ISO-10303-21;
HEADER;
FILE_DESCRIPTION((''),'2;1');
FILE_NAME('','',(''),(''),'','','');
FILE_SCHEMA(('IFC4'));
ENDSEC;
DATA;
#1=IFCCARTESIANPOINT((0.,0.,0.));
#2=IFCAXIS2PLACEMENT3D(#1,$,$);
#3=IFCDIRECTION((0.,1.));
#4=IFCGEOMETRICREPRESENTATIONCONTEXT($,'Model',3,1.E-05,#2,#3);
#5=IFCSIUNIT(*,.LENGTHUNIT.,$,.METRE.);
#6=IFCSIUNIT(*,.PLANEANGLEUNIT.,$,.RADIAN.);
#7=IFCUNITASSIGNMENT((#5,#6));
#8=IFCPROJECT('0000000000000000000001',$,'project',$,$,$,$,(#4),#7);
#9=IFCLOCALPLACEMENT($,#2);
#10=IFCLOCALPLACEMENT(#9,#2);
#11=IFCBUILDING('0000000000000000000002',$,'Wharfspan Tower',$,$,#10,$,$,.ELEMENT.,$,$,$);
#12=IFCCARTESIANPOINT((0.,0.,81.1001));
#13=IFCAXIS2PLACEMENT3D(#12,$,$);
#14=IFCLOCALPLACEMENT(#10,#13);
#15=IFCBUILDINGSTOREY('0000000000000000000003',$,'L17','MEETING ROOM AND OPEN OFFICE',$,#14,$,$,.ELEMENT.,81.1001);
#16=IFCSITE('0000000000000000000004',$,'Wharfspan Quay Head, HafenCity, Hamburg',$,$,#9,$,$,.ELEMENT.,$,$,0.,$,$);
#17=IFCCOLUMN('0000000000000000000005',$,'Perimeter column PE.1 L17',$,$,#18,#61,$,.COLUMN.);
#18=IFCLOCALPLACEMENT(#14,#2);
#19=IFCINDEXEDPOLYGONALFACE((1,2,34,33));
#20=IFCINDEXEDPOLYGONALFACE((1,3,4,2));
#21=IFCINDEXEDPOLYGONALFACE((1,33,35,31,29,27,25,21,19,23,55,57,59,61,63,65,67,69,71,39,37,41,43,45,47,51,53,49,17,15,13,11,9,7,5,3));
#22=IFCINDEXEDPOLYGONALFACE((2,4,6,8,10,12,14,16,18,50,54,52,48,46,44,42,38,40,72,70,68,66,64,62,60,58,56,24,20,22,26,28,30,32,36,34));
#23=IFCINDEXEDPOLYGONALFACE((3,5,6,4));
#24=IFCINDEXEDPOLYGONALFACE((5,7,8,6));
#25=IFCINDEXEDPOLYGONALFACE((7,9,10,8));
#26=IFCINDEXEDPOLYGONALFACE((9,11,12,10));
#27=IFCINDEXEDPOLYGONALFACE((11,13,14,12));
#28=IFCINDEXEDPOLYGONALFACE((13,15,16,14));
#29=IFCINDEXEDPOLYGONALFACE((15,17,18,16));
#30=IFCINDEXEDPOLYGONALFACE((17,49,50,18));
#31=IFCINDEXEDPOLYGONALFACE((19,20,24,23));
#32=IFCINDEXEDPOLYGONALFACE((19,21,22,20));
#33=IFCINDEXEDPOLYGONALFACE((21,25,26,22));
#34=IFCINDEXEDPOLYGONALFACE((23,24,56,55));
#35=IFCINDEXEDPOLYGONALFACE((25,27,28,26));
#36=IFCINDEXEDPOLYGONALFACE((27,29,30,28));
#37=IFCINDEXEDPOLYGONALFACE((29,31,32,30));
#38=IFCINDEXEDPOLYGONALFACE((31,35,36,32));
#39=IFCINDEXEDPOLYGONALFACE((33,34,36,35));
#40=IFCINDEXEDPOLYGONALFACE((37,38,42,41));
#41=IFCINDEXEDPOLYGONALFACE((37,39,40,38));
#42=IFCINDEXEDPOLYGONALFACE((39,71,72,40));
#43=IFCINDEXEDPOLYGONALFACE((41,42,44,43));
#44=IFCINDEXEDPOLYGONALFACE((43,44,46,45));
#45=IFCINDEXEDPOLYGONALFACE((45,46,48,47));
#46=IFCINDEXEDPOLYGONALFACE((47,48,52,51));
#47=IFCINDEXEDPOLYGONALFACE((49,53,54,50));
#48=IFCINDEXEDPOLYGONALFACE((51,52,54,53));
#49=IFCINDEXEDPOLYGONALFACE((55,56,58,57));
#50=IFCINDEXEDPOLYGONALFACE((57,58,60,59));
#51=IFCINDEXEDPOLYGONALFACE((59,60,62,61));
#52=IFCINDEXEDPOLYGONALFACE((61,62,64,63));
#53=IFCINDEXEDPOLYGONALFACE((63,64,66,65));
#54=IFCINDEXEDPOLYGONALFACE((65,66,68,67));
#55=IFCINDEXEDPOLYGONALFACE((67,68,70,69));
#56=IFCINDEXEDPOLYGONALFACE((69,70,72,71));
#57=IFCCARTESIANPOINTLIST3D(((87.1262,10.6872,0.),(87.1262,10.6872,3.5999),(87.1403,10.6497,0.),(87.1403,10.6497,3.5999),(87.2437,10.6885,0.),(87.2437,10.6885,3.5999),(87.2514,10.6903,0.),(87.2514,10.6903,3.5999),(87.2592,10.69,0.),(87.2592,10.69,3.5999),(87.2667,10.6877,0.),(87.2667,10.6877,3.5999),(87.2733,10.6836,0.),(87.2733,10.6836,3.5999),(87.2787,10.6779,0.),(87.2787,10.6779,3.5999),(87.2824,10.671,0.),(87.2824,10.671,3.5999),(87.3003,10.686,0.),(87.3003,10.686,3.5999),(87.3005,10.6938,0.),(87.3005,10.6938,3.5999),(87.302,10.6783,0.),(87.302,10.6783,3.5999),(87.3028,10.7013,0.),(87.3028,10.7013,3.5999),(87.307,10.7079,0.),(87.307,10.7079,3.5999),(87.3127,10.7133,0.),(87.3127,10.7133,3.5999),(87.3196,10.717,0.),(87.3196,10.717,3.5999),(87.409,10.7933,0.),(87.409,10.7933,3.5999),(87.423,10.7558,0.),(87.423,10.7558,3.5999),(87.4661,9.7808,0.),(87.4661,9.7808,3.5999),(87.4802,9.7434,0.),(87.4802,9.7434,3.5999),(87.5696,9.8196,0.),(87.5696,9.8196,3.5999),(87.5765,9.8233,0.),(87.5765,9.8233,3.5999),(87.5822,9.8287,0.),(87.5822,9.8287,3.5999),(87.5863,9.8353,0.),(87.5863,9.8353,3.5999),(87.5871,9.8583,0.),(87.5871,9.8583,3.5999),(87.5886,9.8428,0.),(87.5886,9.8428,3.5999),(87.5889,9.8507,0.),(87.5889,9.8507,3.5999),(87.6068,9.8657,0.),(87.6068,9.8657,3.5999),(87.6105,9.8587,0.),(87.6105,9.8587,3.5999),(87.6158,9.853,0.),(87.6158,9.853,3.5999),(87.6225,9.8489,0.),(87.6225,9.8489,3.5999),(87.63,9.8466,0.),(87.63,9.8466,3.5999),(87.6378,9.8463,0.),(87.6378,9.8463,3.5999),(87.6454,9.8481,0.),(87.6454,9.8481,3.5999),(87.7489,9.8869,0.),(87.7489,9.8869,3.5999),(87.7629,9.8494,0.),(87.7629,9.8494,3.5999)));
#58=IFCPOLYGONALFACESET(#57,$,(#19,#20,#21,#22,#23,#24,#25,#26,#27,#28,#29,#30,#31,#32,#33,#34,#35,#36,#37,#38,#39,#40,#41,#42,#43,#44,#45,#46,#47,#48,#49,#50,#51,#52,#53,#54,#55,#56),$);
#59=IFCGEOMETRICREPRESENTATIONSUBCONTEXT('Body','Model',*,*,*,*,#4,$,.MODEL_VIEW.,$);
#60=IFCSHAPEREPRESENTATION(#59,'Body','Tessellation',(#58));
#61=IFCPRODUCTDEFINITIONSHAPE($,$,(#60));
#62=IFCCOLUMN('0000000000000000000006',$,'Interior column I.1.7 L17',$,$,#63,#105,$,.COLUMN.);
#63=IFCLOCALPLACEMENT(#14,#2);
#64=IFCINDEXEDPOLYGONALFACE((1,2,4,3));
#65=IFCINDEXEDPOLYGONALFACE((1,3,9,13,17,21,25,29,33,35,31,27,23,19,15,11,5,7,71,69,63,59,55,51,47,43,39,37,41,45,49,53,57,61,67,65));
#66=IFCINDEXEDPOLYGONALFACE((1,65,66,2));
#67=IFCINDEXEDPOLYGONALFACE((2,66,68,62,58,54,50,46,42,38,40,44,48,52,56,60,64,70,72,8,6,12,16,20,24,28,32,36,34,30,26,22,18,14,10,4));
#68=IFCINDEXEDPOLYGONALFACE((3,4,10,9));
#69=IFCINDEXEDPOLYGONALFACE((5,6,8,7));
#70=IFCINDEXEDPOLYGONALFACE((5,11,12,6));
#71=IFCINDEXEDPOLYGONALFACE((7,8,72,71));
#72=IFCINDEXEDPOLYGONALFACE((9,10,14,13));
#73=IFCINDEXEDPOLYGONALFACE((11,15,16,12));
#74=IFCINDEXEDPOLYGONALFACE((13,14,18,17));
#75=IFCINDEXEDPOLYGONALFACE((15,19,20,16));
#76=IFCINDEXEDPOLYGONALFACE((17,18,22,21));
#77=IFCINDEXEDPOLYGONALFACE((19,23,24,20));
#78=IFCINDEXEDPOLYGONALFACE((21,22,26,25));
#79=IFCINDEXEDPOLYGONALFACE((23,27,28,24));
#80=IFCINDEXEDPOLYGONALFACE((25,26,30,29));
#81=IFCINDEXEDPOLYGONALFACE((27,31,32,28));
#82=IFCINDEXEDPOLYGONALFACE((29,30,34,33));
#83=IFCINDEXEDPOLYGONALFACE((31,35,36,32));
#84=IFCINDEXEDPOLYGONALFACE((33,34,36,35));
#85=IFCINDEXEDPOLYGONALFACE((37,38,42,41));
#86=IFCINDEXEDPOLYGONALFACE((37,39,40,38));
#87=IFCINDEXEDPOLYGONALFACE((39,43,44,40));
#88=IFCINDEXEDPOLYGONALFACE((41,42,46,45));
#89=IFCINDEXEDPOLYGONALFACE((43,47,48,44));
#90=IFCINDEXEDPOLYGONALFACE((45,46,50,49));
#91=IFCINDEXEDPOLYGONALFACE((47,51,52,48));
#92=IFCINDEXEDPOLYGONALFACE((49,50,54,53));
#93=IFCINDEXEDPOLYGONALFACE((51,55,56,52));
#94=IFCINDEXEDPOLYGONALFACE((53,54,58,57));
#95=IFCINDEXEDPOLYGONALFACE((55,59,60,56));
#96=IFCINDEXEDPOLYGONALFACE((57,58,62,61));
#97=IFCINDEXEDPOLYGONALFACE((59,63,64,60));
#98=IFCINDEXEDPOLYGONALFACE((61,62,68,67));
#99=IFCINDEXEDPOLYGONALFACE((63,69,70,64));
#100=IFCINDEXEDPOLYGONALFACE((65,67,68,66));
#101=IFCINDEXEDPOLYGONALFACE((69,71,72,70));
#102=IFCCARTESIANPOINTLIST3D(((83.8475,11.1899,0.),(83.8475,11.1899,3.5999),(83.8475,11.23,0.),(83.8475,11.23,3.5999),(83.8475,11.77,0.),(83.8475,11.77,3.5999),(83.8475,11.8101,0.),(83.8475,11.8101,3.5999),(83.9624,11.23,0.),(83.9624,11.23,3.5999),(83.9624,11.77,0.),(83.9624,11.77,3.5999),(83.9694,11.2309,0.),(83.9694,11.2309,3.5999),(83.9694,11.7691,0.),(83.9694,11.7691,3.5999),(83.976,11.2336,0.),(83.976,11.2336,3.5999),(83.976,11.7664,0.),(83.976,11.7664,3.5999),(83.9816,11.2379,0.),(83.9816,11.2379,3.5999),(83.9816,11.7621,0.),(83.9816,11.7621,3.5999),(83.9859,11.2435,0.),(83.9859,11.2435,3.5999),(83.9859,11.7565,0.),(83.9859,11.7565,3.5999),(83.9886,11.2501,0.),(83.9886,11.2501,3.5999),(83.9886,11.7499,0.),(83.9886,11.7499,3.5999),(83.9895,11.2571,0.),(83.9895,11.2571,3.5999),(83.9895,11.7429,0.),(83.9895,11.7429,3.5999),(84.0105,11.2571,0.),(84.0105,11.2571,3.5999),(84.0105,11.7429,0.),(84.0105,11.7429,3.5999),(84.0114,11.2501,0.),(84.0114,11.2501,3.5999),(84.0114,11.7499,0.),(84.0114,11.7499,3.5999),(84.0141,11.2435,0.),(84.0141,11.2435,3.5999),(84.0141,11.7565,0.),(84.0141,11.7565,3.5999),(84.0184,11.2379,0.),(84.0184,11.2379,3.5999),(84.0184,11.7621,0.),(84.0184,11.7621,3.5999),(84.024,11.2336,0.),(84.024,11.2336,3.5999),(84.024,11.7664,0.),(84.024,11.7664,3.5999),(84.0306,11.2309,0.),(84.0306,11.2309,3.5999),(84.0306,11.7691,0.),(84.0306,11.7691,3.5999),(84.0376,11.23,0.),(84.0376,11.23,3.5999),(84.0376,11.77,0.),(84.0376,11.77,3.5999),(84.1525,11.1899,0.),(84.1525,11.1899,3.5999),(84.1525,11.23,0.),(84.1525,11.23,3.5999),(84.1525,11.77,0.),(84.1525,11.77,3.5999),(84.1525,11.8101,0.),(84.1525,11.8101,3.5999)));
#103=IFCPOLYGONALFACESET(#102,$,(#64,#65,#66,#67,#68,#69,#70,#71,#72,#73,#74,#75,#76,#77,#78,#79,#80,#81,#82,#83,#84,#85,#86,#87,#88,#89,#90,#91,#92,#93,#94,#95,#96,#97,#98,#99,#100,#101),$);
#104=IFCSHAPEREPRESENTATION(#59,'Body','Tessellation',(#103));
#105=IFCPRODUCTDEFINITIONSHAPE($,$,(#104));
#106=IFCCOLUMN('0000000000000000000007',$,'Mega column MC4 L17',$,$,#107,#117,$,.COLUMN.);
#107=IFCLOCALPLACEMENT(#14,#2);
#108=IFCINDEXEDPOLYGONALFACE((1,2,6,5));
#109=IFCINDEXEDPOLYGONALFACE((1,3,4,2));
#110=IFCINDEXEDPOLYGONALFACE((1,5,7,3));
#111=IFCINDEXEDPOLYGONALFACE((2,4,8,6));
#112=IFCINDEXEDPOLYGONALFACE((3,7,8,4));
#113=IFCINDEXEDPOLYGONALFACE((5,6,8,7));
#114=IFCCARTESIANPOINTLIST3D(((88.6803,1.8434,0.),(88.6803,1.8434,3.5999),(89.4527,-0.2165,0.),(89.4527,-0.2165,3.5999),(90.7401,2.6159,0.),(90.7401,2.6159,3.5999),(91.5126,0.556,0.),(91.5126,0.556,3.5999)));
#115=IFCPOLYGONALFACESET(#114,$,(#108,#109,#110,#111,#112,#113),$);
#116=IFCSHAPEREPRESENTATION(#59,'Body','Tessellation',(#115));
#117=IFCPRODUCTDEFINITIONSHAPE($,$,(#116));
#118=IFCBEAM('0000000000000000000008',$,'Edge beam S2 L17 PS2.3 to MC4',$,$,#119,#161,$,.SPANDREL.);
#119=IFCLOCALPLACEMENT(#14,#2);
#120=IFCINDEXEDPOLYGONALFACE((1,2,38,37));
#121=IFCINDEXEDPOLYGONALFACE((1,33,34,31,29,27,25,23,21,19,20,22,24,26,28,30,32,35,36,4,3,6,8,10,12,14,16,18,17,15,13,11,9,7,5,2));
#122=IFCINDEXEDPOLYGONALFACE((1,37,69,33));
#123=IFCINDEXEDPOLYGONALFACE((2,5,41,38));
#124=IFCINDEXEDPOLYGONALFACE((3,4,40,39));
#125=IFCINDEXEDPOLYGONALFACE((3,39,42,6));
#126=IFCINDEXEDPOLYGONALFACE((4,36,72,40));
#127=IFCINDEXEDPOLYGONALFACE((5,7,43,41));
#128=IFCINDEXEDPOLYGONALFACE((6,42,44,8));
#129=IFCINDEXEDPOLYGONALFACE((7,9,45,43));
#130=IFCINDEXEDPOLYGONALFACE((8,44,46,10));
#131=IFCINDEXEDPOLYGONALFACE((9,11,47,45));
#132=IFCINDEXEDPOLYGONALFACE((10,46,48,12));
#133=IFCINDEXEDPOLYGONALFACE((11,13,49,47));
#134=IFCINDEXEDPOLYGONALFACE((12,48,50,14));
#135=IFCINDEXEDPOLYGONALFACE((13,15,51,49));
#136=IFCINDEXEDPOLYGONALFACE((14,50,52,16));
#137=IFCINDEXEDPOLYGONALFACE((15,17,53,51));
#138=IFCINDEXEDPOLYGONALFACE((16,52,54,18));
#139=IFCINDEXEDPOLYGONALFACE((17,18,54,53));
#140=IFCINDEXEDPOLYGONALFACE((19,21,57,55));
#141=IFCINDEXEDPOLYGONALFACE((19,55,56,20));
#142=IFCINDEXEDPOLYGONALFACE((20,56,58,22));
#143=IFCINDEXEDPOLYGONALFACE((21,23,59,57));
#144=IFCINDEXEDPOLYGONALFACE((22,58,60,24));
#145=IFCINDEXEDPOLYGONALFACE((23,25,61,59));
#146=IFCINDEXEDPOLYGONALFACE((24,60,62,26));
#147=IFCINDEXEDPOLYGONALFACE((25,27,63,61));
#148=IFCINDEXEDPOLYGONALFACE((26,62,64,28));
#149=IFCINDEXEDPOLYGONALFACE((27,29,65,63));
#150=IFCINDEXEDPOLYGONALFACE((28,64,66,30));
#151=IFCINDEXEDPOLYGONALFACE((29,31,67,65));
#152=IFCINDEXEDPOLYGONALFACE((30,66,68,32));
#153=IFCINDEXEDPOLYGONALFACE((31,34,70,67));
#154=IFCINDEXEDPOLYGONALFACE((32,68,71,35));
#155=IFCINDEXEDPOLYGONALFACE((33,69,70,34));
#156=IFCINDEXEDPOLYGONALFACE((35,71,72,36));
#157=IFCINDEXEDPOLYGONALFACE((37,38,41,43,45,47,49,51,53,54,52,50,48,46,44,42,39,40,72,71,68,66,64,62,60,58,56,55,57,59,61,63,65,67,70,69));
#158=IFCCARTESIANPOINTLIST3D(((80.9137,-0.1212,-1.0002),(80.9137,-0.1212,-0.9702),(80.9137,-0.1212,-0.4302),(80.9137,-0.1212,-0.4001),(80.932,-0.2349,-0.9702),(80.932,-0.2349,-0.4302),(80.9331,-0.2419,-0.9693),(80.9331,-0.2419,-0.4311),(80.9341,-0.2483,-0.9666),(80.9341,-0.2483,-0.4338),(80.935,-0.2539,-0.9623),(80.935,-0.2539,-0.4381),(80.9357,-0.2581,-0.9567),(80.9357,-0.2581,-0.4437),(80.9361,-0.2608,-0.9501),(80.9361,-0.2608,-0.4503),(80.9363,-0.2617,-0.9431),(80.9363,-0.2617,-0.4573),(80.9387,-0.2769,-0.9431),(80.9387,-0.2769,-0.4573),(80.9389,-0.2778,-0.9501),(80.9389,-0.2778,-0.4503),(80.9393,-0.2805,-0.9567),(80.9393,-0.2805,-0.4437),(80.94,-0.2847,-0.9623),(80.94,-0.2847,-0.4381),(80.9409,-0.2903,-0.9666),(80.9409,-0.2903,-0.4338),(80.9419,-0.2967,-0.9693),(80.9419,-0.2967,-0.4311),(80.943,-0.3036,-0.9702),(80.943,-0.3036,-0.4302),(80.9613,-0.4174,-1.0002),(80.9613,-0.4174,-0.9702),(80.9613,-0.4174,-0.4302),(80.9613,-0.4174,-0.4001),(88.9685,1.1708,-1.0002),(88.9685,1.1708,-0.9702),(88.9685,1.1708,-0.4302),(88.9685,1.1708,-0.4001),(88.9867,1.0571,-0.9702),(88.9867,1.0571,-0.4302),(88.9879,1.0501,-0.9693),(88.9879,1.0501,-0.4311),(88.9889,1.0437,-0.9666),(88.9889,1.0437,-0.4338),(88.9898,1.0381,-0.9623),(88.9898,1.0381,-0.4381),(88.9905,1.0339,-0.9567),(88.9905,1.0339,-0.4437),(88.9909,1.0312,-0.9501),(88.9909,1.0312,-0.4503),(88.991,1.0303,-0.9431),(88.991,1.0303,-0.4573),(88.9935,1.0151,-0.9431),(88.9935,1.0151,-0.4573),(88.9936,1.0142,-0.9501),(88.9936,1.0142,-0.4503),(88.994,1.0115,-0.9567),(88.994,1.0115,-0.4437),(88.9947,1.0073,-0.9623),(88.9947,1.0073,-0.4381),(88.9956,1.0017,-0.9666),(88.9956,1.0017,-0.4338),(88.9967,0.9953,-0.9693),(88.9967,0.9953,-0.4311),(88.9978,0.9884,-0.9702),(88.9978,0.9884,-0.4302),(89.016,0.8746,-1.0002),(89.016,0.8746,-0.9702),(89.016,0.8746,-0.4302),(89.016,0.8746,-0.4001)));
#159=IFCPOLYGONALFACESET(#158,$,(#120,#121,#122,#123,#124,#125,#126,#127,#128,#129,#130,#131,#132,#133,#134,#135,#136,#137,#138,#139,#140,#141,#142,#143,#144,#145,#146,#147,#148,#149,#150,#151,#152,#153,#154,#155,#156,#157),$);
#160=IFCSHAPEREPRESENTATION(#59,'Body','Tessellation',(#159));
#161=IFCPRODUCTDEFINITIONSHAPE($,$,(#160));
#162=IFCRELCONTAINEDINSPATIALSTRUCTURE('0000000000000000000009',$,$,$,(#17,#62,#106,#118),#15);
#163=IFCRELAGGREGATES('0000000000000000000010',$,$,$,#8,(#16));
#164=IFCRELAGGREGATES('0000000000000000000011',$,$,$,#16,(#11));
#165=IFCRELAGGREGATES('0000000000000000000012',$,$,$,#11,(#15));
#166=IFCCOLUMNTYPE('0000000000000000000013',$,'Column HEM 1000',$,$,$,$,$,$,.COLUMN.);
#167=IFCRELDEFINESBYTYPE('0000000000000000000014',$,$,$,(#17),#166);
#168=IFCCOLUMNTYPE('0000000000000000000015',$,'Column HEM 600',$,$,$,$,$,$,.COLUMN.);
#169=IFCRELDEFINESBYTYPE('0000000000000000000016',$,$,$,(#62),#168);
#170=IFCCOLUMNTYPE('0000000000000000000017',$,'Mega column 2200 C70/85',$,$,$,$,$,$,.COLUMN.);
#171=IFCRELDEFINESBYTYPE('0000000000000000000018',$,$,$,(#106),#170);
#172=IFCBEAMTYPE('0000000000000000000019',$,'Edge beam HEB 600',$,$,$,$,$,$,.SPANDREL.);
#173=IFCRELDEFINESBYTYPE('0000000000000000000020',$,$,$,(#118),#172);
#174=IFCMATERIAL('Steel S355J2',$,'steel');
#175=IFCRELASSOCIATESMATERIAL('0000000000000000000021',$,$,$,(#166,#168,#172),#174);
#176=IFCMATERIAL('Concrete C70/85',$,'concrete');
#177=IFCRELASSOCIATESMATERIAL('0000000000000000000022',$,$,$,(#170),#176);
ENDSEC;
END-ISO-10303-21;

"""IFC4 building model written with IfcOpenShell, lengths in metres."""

from ifc_helpers import new_model, si_unit, direction, frame, origin, origin_2d, place, context, subcontext, project, spatial, rectangle, i_section, extrude, material, material_profile, profile_set, type_object, element, save


model = new_model("IFC4")

# Units and contexts
model_context = context("Model", 3, precision=1e-05, world=origin(), true_north=direction((0.0, 1.0)))
body_context = subcontext(model_context, "Body", "Model", "MODEL_VIEW")
ifc_project = project(units=[si_unit("LENGTHUNIT", "METRE"), si_unit("PLANEANGLEUNIT", "RADIAN")], contexts=[model_context])

# Site, building, storey
site_placement = place(None, origin())
site = spatial("IfcSite", under=ifc_project, at=site_placement, Name="Wharfspan Quay Head, HafenCity, Hamburg", CompositionType="ELEMENT", RefElevation=0.0)
building_placement = place(site_placement, origin())
building = spatial("IfcBuilding", under=site, at=building_placement, Name="Wharfspan Tower", CompositionType="ELEMENT")
storey_placement = place(building_placement, frame((0.0, 0.0, 81.1001)))
storey = spatial("IfcBuildingStorey", under=building, at=storey_placement, Name="L17", Description="MEETING ROOM AND OPEN OFFICE", CompositionType="ELEMENT", Elevation=81.1001)

# Columns
ifc_material_1 = material(Name="Steel S355J2", Category="steel")
ifc_material_profile_1 = material_profile(ifc_material_1, i_section(OverallWidth=0.302, OverallDepth=1.0081, WebThickness=0.021, FlangeThickness=0.04, FilletRadius=0.03, at=origin_2d()))
ifc_profile_set_1 = profile_set([ifc_material_profile_1], Name="Steel S355J2")
column_type_1 = type_object("IfcColumnType", Name="Column HEM 1000", PredefinedType="COLUMN", material=ifc_profile_set_1)
column_1_placement = place(storey_placement, frame((87.4446, 10.2683, 0.0), z_axis=(0.0, 0.0, 1.0), x_axis=(0.936328, 0.351123, 0.0)))
element("IfcColumn", 1, at=column_1_placement, inside=storey, type_object=column_type_1, Name="Perimeter column PE.1 L17", PredefinedType="COLUMN", context=body_context, shape_type="SweptSolid", body=[
    extrude(i_section(OverallWidth=0.302, OverallDepth=1.0081, WebThickness=0.021, FlangeThickness=0.04, FilletRadius=0.03, at=origin_2d()), origin(), (0.0, 0.0, 1.0), 3.5999),
])
ifc_material_profile_2 = material_profile(ifc_material_1, i_section(OverallWidth=0.3049, OverallDepth=0.6201, WebThickness=0.021, FlangeThickness=0.04, FilletRadius=0.0271, at=origin_2d()))
ifc_profile_set_2 = profile_set([ifc_material_profile_2], Name="Steel S355J2")
column_type_2 = type_object("IfcColumnType", Name="Column HEM 600", PredefinedType="COLUMN", material=ifc_profile_set_2)
column_2_placement = place(storey_placement, frame((84.0, 11.5, 0.0), z_axis=(0.0, 0.0, 1.0), x_axis=(1.0, 0.0, 0.0)))
element("IfcColumn", 2, at=column_2_placement, inside=storey, type_object=column_type_2, Name="Interior column I.1.7 L17", PredefinedType="COLUMN", context=body_context, shape_type="SweptSolid", body=[
    extrude(i_section(OverallWidth=0.3049, OverallDepth=0.6201, WebThickness=0.021, FlangeThickness=0.04, FilletRadius=0.0271, at=origin_2d()), origin(), (0.0, 0.0, 1.0), 3.5999),
])
ifc_material_2 = material(Name="Concrete C70/85", Category="concrete")
ifc_material_profile_3 = material_profile(ifc_material_2, rectangle(XDim=2.2, YDim=2.2, at=origin_2d()))
ifc_profile_set_3 = profile_set([ifc_material_profile_3], Name="Concrete C70/85")
column_type_3 = type_object("IfcColumnType", Name="Mega column 2200 C70/85", PredefinedType="COLUMN", material=ifc_profile_set_3)
column_3_placement = place(storey_placement, frame((90.0964, 1.1997, 0.0), z_axis=(0.0, 0.0, 1.0), x_axis=(-0.351123, 0.936328, 0.0)))
element("IfcColumn", 3, at=column_3_placement, inside=storey, type_object=column_type_3, Name="Mega column MC4 L17", PredefinedType="COLUMN", context=body_context, shape_type="SweptSolid", body=[
    extrude(rectangle(XDim=2.2, YDim=2.2, at=origin_2d()), origin(), (0.0, 0.0, 1.0), 3.5999),
])

# Beam
ifc_material_profile_4 = material_profile(ifc_material_1, i_section(OverallWidth=0.3, OverallDepth=0.6001, WebThickness=0.0154, FlangeThickness=0.03, FilletRadius=0.0271, at=origin_2d()))
ifc_profile_set_4 = profile_set([ifc_material_profile_4], Name="Steel S355J2")
beam_type = type_object("IfcBeamType", Name="Edge beam HEB 600", PredefinedType="SPANDREL", material=ifc_profile_set_4)
beam_1_placement = place(storey_placement, frame((80.9375, -0.2693, -0.7002), z_axis=(0.987379, 0.158378, 0.0), x_axis=(-0.158378, 0.987379, 0.0)))
element("IfcBeam", 4, at=beam_1_placement, inside=storey, type_object=beam_type, Name="Edge beam S2 L17 PS2.3 to MC4", PredefinedType="SPANDREL", context=body_context, shape_type="SweptSolid", body=[
    extrude(i_section(OverallWidth=0.3, OverallDepth=0.6001, WebThickness=0.0154, FlangeThickness=0.03, FilletRadius=0.0271, at=origin_2d()), origin(), (0.0, 0.0, 1.0), 8.1577),
])

save(model, "model.ifc")
